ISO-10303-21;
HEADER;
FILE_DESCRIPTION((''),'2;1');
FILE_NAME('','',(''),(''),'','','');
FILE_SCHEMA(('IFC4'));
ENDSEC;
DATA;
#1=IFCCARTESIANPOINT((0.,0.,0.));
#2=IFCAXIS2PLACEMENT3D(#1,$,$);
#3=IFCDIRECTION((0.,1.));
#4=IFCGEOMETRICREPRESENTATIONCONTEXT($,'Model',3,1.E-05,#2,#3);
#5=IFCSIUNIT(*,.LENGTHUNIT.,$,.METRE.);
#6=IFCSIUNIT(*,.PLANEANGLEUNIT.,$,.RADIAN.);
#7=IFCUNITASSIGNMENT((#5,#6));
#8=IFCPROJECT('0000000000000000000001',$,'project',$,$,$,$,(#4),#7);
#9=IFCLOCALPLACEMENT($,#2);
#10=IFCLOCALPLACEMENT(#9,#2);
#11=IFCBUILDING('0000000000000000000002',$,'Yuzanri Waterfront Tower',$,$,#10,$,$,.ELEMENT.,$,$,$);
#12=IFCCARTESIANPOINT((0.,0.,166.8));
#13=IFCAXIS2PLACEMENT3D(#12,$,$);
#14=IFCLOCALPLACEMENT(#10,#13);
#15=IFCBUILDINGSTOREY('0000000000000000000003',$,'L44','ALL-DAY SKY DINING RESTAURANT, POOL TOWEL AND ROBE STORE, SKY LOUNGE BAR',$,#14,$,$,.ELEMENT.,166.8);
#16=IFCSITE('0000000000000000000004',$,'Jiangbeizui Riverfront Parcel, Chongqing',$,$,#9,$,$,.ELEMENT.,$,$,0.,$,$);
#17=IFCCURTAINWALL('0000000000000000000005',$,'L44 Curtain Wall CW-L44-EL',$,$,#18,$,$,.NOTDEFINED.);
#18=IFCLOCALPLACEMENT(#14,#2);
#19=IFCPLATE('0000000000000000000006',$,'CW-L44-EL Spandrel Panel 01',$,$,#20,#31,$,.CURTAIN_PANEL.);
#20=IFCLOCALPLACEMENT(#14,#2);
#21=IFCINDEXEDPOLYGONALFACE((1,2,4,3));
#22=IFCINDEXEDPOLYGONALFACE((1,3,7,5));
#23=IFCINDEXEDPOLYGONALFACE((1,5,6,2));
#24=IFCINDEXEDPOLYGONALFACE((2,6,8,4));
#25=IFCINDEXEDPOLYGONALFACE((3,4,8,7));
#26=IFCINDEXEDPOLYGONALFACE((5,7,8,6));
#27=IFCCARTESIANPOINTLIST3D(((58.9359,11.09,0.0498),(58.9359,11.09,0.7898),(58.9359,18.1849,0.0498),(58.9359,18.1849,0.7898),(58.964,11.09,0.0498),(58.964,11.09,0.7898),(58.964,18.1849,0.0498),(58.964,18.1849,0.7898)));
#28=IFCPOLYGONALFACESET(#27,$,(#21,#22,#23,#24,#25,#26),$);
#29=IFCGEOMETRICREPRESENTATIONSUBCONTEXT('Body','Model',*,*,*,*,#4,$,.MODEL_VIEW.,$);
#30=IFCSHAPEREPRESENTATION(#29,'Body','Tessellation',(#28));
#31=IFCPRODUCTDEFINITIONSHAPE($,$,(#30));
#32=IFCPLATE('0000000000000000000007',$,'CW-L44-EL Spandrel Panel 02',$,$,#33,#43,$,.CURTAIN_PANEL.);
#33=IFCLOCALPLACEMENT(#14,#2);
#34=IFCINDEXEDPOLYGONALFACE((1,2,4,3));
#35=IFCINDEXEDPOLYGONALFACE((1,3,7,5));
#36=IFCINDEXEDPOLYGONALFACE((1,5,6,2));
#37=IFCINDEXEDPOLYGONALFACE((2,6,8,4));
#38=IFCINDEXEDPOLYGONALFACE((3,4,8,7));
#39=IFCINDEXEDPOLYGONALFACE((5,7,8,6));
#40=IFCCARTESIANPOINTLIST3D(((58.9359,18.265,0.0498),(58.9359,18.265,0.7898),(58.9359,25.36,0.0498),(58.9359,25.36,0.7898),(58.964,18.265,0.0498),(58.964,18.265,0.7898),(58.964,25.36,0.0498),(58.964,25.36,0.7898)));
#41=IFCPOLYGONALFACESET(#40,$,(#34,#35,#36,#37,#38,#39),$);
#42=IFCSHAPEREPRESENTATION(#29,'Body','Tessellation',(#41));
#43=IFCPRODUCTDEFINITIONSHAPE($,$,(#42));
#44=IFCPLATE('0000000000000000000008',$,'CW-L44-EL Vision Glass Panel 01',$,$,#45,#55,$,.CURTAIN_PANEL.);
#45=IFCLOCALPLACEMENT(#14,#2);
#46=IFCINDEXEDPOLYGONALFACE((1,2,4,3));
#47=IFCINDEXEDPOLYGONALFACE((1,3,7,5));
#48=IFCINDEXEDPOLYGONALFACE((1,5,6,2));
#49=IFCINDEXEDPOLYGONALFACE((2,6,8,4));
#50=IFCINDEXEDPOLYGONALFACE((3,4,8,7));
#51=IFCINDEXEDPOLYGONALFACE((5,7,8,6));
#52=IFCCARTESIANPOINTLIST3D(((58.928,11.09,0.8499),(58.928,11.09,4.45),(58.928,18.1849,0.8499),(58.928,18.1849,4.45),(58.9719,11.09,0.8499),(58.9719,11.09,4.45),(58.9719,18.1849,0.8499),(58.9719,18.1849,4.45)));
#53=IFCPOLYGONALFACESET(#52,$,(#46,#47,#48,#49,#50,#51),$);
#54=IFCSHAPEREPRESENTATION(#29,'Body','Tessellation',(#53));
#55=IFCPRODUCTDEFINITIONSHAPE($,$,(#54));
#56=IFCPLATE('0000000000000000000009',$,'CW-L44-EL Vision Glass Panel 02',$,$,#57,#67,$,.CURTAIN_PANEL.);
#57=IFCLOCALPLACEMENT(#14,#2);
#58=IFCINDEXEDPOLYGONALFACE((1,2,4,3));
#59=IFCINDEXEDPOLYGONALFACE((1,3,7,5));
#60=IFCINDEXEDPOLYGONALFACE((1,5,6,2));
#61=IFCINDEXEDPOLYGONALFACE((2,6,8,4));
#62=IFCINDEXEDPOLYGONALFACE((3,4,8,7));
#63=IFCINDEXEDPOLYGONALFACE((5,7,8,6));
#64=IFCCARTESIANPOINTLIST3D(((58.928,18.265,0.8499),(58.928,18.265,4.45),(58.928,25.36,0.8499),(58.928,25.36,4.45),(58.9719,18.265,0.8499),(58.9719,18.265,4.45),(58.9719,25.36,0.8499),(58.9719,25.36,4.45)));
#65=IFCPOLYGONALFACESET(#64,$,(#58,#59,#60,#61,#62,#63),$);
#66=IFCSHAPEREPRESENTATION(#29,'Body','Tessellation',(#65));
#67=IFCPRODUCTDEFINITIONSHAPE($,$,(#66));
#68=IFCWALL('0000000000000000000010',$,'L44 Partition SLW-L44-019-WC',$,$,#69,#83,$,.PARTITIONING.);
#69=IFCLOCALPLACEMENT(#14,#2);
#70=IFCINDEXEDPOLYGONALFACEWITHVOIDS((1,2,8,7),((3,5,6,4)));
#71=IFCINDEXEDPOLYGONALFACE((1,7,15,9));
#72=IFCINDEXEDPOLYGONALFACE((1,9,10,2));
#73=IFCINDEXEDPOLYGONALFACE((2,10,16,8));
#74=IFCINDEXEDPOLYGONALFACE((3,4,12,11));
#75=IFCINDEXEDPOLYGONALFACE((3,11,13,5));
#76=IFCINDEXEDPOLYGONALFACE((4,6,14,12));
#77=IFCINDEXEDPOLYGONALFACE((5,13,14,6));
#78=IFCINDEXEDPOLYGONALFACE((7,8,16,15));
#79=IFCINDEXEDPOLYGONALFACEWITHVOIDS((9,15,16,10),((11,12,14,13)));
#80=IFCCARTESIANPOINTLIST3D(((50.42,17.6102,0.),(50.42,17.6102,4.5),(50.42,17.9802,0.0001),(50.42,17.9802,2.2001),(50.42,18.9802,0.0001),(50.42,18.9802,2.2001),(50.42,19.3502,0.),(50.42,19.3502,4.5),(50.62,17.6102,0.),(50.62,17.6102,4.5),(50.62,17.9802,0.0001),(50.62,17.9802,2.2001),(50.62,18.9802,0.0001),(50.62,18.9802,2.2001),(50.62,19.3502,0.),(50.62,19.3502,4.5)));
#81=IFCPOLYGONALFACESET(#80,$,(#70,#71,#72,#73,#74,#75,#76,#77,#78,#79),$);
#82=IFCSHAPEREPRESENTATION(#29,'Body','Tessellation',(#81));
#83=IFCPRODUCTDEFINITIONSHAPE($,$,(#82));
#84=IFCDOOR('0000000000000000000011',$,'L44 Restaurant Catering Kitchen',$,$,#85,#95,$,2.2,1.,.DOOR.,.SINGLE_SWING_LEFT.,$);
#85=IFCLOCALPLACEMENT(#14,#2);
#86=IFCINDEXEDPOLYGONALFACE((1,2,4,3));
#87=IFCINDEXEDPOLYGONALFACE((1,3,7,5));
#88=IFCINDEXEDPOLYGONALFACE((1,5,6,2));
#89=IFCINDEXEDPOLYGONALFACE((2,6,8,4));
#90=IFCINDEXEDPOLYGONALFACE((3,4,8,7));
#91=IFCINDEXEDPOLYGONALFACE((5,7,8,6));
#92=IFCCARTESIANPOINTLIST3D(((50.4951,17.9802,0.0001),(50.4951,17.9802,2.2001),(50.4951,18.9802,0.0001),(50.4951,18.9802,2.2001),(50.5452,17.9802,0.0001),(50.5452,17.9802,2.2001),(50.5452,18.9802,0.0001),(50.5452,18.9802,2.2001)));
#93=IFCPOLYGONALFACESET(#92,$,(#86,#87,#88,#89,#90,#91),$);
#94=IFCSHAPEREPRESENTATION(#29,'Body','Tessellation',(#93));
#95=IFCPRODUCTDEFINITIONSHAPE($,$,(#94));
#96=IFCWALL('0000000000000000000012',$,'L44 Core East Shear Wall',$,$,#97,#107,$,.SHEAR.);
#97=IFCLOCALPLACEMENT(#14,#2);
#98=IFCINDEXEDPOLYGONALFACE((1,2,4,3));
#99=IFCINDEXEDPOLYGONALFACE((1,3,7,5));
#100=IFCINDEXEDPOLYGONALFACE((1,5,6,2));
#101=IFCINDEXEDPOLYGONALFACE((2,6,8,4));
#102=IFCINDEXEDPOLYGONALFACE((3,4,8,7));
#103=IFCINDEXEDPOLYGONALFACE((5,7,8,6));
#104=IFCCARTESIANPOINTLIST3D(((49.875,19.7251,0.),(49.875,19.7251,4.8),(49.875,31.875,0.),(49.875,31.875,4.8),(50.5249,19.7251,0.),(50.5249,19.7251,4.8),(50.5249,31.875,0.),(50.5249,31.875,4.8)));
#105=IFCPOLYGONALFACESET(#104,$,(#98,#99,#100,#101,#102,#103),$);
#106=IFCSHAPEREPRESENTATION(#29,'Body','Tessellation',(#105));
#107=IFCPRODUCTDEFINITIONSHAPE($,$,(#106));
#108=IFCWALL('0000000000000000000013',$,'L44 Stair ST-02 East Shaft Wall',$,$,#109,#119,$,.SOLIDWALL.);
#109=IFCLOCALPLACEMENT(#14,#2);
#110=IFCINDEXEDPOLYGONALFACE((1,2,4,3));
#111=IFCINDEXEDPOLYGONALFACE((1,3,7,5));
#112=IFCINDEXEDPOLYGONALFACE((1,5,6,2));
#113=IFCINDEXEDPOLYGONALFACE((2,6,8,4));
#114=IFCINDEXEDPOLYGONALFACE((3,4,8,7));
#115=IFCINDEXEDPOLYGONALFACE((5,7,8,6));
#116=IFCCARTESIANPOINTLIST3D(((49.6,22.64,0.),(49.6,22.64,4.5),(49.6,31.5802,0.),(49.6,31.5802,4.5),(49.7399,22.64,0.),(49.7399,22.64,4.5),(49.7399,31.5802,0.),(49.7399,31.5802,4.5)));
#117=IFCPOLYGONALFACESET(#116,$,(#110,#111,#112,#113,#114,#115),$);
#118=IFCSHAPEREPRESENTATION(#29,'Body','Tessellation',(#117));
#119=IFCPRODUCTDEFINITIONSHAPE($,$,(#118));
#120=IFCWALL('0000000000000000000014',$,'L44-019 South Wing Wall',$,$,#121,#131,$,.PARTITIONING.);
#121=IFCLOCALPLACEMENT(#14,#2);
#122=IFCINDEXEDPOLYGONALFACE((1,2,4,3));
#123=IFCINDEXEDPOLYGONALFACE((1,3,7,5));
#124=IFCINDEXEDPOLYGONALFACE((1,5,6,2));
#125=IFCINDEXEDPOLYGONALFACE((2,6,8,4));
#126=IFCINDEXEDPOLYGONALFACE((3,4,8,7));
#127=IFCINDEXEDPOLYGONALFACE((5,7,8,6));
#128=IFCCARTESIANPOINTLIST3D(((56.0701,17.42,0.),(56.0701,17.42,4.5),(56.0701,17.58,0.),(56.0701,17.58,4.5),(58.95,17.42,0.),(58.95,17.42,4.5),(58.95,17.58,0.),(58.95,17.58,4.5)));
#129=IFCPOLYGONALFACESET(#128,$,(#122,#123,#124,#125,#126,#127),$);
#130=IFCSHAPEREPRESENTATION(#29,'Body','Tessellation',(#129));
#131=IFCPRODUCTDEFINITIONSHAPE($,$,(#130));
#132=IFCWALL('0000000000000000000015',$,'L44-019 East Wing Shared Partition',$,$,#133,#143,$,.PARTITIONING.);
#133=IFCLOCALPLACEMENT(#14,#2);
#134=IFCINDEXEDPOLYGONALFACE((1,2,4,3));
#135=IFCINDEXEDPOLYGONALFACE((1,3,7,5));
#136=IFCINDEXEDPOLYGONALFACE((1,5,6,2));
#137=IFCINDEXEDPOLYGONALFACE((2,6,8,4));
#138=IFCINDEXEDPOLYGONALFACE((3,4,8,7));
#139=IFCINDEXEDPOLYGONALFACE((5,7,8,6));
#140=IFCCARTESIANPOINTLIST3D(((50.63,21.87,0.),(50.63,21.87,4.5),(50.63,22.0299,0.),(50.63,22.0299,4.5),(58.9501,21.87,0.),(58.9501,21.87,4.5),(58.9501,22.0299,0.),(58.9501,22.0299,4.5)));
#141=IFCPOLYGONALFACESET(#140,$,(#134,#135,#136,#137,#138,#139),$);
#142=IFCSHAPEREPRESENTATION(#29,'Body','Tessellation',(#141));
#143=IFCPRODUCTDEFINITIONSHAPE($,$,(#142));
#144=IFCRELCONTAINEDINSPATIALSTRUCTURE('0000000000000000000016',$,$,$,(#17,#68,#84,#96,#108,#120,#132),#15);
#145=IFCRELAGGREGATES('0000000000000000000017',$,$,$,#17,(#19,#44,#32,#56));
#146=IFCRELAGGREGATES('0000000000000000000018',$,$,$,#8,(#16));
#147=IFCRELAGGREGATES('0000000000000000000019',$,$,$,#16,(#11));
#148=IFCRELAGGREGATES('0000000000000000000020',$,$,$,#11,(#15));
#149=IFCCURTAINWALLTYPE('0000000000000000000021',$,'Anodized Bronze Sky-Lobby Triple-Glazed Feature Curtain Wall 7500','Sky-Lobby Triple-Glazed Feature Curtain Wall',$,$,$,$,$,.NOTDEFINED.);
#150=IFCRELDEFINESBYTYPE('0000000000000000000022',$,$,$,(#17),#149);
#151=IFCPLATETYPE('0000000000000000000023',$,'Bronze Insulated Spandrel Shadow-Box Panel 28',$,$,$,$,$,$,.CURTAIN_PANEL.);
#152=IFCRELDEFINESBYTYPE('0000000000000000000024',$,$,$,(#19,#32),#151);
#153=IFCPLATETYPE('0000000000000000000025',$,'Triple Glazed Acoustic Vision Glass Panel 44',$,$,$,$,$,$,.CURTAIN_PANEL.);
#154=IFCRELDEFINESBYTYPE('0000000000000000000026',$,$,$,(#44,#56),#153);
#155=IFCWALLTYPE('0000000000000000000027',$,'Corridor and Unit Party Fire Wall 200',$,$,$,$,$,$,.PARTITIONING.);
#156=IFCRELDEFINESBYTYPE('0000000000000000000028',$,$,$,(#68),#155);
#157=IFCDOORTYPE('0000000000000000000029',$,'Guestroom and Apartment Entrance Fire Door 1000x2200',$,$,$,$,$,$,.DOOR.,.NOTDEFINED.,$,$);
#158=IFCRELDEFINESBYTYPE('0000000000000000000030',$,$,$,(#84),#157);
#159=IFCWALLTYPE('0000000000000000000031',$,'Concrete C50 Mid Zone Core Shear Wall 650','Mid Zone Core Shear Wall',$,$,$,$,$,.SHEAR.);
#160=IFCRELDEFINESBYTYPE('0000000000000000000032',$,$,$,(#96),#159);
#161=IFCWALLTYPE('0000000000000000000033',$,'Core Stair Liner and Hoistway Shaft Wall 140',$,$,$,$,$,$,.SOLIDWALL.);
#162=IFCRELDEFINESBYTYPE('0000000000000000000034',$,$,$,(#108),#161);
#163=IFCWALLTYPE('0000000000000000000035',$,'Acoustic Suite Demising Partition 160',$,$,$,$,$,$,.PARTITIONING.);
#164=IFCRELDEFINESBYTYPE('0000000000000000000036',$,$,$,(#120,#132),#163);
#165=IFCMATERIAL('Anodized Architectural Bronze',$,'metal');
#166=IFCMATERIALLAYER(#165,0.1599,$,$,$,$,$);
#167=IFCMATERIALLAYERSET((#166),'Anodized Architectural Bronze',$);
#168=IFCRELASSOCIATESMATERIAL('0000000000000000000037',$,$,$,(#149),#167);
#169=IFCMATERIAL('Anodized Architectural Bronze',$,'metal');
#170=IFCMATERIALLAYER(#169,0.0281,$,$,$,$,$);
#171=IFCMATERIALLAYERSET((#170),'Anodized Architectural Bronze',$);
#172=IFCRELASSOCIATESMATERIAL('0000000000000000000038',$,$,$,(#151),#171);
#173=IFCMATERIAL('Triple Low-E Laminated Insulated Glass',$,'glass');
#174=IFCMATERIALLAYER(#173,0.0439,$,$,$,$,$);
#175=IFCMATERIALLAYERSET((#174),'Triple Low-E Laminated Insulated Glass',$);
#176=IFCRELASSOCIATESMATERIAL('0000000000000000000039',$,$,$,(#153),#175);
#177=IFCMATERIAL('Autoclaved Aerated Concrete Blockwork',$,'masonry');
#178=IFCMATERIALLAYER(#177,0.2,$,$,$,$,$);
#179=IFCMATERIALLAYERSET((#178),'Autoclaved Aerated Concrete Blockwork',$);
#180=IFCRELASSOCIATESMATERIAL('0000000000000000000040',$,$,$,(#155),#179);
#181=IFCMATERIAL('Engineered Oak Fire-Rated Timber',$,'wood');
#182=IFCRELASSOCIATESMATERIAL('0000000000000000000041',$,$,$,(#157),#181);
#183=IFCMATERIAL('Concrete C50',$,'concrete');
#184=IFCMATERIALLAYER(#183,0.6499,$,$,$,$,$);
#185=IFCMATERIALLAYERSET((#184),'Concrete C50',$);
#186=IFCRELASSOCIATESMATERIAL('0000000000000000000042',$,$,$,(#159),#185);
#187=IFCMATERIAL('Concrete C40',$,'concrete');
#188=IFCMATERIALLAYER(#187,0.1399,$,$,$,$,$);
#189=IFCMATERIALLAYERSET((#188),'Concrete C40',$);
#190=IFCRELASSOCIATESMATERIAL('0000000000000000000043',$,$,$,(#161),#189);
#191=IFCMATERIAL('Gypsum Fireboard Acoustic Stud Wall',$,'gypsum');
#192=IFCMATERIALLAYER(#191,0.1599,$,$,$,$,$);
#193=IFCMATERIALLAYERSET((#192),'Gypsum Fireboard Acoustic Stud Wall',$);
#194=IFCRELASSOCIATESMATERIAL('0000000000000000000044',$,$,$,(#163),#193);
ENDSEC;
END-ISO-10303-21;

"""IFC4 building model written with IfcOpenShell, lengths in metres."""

from ifc_helpers import new_model, si_unit, direction, frame, frame_2d, origin, origin_2d, place, context, subcontext, project, spatial, rectangle, extrude, source, transform, mapped, material, layer, layer_set, type_object, element, fill, aggregate, save


model = new_model("IFC4")

# Units and contexts
model_context = context("Model", 3, precision=1e-05, world=origin(), true_north=direction((0.0, 1.0)))
body_context = subcontext(model_context, "Body", "Model", "MODEL_VIEW")
ifc_project = project(units=[si_unit("LENGTHUNIT", "METRE"), si_unit("PLANEANGLEUNIT", "RADIAN")], contexts=[model_context])

# Site, building, storey
site_placement = place(None, origin())
site = spatial("IfcSite", under=ifc_project, at=site_placement, Name="Jiangbeizui Riverfront Parcel, Chongqing", CompositionType="ELEMENT", RefElevation=0.0)
building_placement = place(site_placement, origin())
building = spatial("IfcBuilding", under=site, at=building_placement, Name="Yuzanri Waterfront Tower", CompositionType="ELEMENT")
storey_placement = place(building_placement, frame((0.0, 0.0, 166.8)))
storey = spatial("IfcBuildingStorey", under=building, at=storey_placement, Name="L44", Description="ALL-DAY SKY DINING RESTAURANT, POOL TOWEL AND ROBE STORE, SKY LOUNGE BAR", CompositionType="ELEMENT", Elevation=166.8)

# Curtain wall, plates
ifc_material_1 = material(Name="Anodized Architectural Bronze", Category="metal")
ifc_layer_1 = layer(ifc_material_1, 0.1599)
ifc_layer_set_1 = layer_set([ifc_layer_1], Name="Anodized Architectural Bronze")
curtain_wall_type = type_object("IfcCurtainWallType", Name="Anodized Bronze Sky-Lobby Triple-Glazed Feature Curtain Wall 7500", Description="Sky-Lobby Triple-Glazed Feature Curtain Wall", PredefinedType="NOTDEFINED", material=ifc_layer_set_1)
curtain_wall_placement = place(storey_placement, origin())
curtain_wall = element("IfcCurtainWall", 1, at=curtain_wall_placement, inside=storey, type_object=curtain_wall_type, Name="L44 Curtain Wall CW-L44-EL", PredefinedType="NOTDEFINED")
ifc_material_2 = material(Name="Anodized Architectural Bronze", Category="metal")
ifc_layer_2 = layer(ifc_material_2, 0.0281)
ifc_layer_set_2 = layer_set([ifc_layer_2], Name="Anodized Architectural Bronze")
plate_type_1 = type_object("IfcPlateType", Name="Bronze Insulated Spandrel Shadow-Box Panel 28", PredefinedType="CURTAIN_PANEL", material=ifc_layer_set_2)
shared_shape_1 = source(origin(), body_context, "Body", "SweptSolid", [
    extrude(rectangle(XDim=7.095, YDim=0.0281, at=origin_2d()), origin(), (0.0, 0.0, 1.0), 0.74),
])
plate_1_placement = place(storey_placement, frame((58.95, 14.6375, 0.0498), z_axis=(0.0, 0.0, 1.0), x_axis=(0.0, 1.0, 0.0)))
plate_1 = element("IfcPlate", 2, at=plate_1_placement, type_object=plate_type_1, Name="CW-L44-EL Spandrel Panel 01", PredefinedType="CURTAIN_PANEL", context=body_context, shape_type="MappedRepresentation", body=[
    mapped(shared_shape_1, transform((0.0, 0.0, 0.0), scale=1.0)),
])
plate_2_placement = place(storey_placement, frame((58.95, 21.8125, 0.0498), z_axis=(0.0, 0.0, 1.0), x_axis=(0.0, 1.0, 0.0)))
plate_2 = element("IfcPlate", 3, at=plate_2_placement, type_object=plate_type_1, Name="CW-L44-EL Spandrel Panel 02", PredefinedType="CURTAIN_PANEL", context=body_context, shape_type="MappedRepresentation", body=[
    mapped(shared_shape_1, transform((0.0, 0.0, 0.0), scale=1.0)),
])
ifc_material_3 = material(Name="Triple Low-E Laminated Insulated Glass", Category="glass")
ifc_layer_3 = layer(ifc_material_3, 0.0439)
ifc_layer_set_3 = layer_set([ifc_layer_3], Name="Triple Low-E Laminated Insulated Glass")
plate_type_2 = type_object("IfcPlateType", Name="Triple Glazed Acoustic Vision Glass Panel 44", PredefinedType="CURTAIN_PANEL", material=ifc_layer_set_3)
shared_shape_2 = source(origin(), body_context, "Body", "SweptSolid", [
    extrude(rectangle(XDim=7.095, YDim=0.0439, at=origin_2d()), origin(), (0.0, 0.0, 1.0), 3.6001),
])
plate_3_placement = place(storey_placement, frame((58.95, 14.6375, 0.8499), z_axis=(0.0, 0.0, 1.0), x_axis=(0.0, 1.0, 0.0)))
plate_3 = element("IfcPlate", 4, at=plate_3_placement, type_object=plate_type_2, Name="CW-L44-EL Vision Glass Panel 01", PredefinedType="CURTAIN_PANEL", context=body_context, shape_type="MappedRepresentation", body=[
    mapped(shared_shape_2, transform((0.0, 0.0, 0.0), scale=1.0)),
])
plate_4_placement = place(storey_placement, frame((58.95, 21.8125, 0.8499), z_axis=(0.0, 0.0, 1.0), x_axis=(0.0, 1.0, 0.0)))
plate_4 = element("IfcPlate", 5, at=plate_4_placement, type_object=plate_type_2, Name="CW-L44-EL Vision Glass Panel 02", PredefinedType="CURTAIN_PANEL", context=body_context, shape_type="MappedRepresentation", body=[
    mapped(shared_shape_2, transform((0.0, 0.0, 0.0), scale=1.0)),
])
aggregate(curtain_wall, [plate_1, plate_3, plate_2, plate_4])

# Wall, opening, door
ifc_material_4 = material(Name="Autoclaved Aerated Concrete Blockwork", Category="masonry")
ifc_layer_4 = layer(ifc_material_4, 0.2)
ifc_layer_set_4 = layer_set([ifc_layer_4], Name="Autoclaved Aerated Concrete Blockwork")
wall_type_1 = type_object("IfcWallType", Name="Corridor and Unit Party Fire Wall 200", PredefinedType="PARTITIONING", material=ifc_layer_set_4)
wall_1_placement = place(storey_placement, frame((50.52, 17.6101, 0.0), z_axis=(0.0, 0.0, 1.0), x_axis=(0.0, 1.0, 0.0)))
wall_1 = element("IfcWall", 6, at=wall_1_placement, inside=storey, type_object=wall_type_1, Name="L44 Partition SLW-L44-019-WC", PredefinedType="PARTITIONING", context=body_context, shape_type="SweptSolid", body=[
    extrude(rectangle(XDim=1.74, YDim=0.2, at=frame_2d((0.8701, 0.0))), origin(), (0.0, 0.0, 1.0), 4.5),
])
opening_placement = place(wall_1_placement, frame((0.3701, 0.0, 0.0)))
opening = element("IfcOpeningElement", 7, at=opening_placement, cuts=wall_1, PredefinedType="OPENING", context=body_context, shape_type="SweptSolid", body=[
    extrude(rectangle(XDim=1.0, YDim=2.2, at=frame_2d((0.5, 1.1001))), frame((0.0, 0.1147, 0.0), z_axis=(0.0, -1.0, 0.0), x_axis=(1.0, 0.0, 0.0)), (0.0, 0.0, 1.0), 0.2297),
])
ifc_material_5 = material(Name="Engineered Oak Fire-Rated Timber", Category="wood")
door_type = type_object("IfcDoorType", Name="Guestroom and Apartment Entrance Fire Door 1000x2200", OperationType="NOTDEFINED", PredefinedType="DOOR", material=ifc_material_5)
shared_shape_3 = source(origin(), body_context, "Body", "SweptSolid", [
    extrude(rectangle(XDim=1.0, YDim=2.2, at=frame_2d((0.5, 1.1001))), frame((0.0, 0.0249, 0.0), z_axis=(0.0, -1.0, 0.0), x_axis=(1.0, 0.0, 0.0)), (0.0, 0.0, 1.0), 0.05),
])
door_placement = place(opening_placement, origin())
door = element("IfcDoor", 8, at=door_placement, inside=storey, type_object=door_type, Name="L44 Restaurant Catering Kitchen", OperationType="SINGLE_SWING_LEFT", OverallHeight=2.2, OverallWidth=1.0, PredefinedType="DOOR", context=body_context, shape_type="MappedRepresentation", body=[
    mapped(shared_shape_3, transform((0.0, 0.0, 0.0), scale=1.0)),
])
fill(opening, door)

# Walls
ifc_material_6 = material(Name="Concrete C50", Category="concrete")
ifc_layer_5 = layer(ifc_material_6, 0.6499)
ifc_layer_set_5 = layer_set([ifc_layer_5], Name="Concrete C50")
wall_type_2 = type_object("IfcWallType", Name="Concrete C50 Mid Zone Core Shear Wall 650", Description="Mid Zone Core Shear Wall", PredefinedType="SHEAR", material=ifc_layer_set_5)
shared_shape_4 = source(origin(), body_context, "Body", "SweptSolid", [
    extrude(rectangle(XDim=12.1499, YDim=0.6499, at=frame_2d((6.075, 0.0))), origin(), (0.0, 0.0, 1.0), 4.8),
])
wall_2_placement = place(storey_placement, frame((50.2, 19.7251, 0.0), z_axis=(0.0, 0.0, 1.0), x_axis=(0.0, 1.0, 0.0)))
element("IfcWall", 9, at=wall_2_placement, inside=storey, type_object=wall_type_2, Name="L44 Core East Shear Wall", PredefinedType="SHEAR", context=body_context, shape_type="MappedRepresentation", body=[
    mapped(shared_shape_4, transform((0.0, 0.0, 0.0), scale=1.0)),
])
ifc_material_7 = material(Name="Concrete C40", Category="concrete")
ifc_layer_6 = layer(ifc_material_7, 0.1399)
ifc_layer_set_6 = layer_set([ifc_layer_6], Name="Concrete C40")
wall_type_3 = type_object("IfcWallType", Name="Core Stair Liner and Hoistway Shaft Wall 140", PredefinedType="SOLIDWALL", material=ifc_layer_set_6)
shared_shape_5 = source(origin(), body_context, "Body", "SweptSolid", [
    extrude(rectangle(XDim=8.9402, YDim=0.1399, at=frame_2d((4.4702, 0.0))), origin(), (0.0, 0.0, 1.0), 4.5),
])
wall_3_placement = place(storey_placement, frame((49.6699, 22.6399, 0.0), z_axis=(0.0, 0.0, 1.0), x_axis=(0.0, 1.0, 0.0)))
element("IfcWall", 10, at=wall_3_placement, inside=storey, type_object=wall_type_3, Name="L44 Stair ST-02 East Shaft Wall", PredefinedType="SOLIDWALL", context=body_context, shape_type="MappedRepresentation", body=[
    mapped(shared_shape_5, transform((0.0, 0.0, 0.0), scale=1.0)),
])
ifc_material_8 = material(Name="Gypsum Fireboard Acoustic Stud Wall", Category="gypsum")
ifc_layer_7 = layer(ifc_material_8, 0.1599)
ifc_layer_set_7 = layer_set([ifc_layer_7], Name="Gypsum Fireboard Acoustic Stud Wall")
wall_type_4 = type_object("IfcWallType", Name="Acoustic Suite Demising Partition 160", PredefinedType="PARTITIONING", material=ifc_layer_set_7)
shared_shape_6 = source(origin(), body_context, "Body", "SweptSolid", [
    extrude(rectangle(XDim=2.8799, YDim=0.1599, at=frame_2d((1.4399, 0.0))), origin(), (0.0, 0.0, 1.0), 4.5),
])
wall_4_placement = place(storey_placement, frame((56.0701, 17.5, 0.0), z_axis=(0.0, 0.0, 1.0), x_axis=(1.0, 0.0, 0.0)))
element("IfcWall", 11, at=wall_4_placement, inside=storey, type_object=wall_type_4, Name="L44-019 South Wing Wall", PredefinedType="PARTITIONING", context=body_context, shape_type="MappedRepresentation", body=[
    mapped(shared_shape_6, transform((0.0, 0.0, 0.0), scale=1.0)),
])
shared_shape_7 = source(origin(), body_context, "Body", "SweptSolid", [
    extrude(rectangle(XDim=8.3201, YDim=0.1599, at=frame_2d((4.1602, 0.0))), origin(), (0.0, 0.0, 1.0), 4.5),
])
wall_5_placement = place(storey_placement, frame((50.6299, 21.95, 0.0), z_axis=(0.0, 0.0, 1.0), x_axis=(1.0, 0.0, 0.0)))
element("IfcWall", 12, at=wall_5_placement, inside=storey, type_object=wall_type_4, Name="L44-019 East Wing Shared Partition", PredefinedType="PARTITIONING", context=body_context, shape_type="MappedRepresentation", body=[
    mapped(shared_shape_7, transform((0.0, 0.0, 0.0), scale=1.0)),
])

save(model, "model.ifc")
